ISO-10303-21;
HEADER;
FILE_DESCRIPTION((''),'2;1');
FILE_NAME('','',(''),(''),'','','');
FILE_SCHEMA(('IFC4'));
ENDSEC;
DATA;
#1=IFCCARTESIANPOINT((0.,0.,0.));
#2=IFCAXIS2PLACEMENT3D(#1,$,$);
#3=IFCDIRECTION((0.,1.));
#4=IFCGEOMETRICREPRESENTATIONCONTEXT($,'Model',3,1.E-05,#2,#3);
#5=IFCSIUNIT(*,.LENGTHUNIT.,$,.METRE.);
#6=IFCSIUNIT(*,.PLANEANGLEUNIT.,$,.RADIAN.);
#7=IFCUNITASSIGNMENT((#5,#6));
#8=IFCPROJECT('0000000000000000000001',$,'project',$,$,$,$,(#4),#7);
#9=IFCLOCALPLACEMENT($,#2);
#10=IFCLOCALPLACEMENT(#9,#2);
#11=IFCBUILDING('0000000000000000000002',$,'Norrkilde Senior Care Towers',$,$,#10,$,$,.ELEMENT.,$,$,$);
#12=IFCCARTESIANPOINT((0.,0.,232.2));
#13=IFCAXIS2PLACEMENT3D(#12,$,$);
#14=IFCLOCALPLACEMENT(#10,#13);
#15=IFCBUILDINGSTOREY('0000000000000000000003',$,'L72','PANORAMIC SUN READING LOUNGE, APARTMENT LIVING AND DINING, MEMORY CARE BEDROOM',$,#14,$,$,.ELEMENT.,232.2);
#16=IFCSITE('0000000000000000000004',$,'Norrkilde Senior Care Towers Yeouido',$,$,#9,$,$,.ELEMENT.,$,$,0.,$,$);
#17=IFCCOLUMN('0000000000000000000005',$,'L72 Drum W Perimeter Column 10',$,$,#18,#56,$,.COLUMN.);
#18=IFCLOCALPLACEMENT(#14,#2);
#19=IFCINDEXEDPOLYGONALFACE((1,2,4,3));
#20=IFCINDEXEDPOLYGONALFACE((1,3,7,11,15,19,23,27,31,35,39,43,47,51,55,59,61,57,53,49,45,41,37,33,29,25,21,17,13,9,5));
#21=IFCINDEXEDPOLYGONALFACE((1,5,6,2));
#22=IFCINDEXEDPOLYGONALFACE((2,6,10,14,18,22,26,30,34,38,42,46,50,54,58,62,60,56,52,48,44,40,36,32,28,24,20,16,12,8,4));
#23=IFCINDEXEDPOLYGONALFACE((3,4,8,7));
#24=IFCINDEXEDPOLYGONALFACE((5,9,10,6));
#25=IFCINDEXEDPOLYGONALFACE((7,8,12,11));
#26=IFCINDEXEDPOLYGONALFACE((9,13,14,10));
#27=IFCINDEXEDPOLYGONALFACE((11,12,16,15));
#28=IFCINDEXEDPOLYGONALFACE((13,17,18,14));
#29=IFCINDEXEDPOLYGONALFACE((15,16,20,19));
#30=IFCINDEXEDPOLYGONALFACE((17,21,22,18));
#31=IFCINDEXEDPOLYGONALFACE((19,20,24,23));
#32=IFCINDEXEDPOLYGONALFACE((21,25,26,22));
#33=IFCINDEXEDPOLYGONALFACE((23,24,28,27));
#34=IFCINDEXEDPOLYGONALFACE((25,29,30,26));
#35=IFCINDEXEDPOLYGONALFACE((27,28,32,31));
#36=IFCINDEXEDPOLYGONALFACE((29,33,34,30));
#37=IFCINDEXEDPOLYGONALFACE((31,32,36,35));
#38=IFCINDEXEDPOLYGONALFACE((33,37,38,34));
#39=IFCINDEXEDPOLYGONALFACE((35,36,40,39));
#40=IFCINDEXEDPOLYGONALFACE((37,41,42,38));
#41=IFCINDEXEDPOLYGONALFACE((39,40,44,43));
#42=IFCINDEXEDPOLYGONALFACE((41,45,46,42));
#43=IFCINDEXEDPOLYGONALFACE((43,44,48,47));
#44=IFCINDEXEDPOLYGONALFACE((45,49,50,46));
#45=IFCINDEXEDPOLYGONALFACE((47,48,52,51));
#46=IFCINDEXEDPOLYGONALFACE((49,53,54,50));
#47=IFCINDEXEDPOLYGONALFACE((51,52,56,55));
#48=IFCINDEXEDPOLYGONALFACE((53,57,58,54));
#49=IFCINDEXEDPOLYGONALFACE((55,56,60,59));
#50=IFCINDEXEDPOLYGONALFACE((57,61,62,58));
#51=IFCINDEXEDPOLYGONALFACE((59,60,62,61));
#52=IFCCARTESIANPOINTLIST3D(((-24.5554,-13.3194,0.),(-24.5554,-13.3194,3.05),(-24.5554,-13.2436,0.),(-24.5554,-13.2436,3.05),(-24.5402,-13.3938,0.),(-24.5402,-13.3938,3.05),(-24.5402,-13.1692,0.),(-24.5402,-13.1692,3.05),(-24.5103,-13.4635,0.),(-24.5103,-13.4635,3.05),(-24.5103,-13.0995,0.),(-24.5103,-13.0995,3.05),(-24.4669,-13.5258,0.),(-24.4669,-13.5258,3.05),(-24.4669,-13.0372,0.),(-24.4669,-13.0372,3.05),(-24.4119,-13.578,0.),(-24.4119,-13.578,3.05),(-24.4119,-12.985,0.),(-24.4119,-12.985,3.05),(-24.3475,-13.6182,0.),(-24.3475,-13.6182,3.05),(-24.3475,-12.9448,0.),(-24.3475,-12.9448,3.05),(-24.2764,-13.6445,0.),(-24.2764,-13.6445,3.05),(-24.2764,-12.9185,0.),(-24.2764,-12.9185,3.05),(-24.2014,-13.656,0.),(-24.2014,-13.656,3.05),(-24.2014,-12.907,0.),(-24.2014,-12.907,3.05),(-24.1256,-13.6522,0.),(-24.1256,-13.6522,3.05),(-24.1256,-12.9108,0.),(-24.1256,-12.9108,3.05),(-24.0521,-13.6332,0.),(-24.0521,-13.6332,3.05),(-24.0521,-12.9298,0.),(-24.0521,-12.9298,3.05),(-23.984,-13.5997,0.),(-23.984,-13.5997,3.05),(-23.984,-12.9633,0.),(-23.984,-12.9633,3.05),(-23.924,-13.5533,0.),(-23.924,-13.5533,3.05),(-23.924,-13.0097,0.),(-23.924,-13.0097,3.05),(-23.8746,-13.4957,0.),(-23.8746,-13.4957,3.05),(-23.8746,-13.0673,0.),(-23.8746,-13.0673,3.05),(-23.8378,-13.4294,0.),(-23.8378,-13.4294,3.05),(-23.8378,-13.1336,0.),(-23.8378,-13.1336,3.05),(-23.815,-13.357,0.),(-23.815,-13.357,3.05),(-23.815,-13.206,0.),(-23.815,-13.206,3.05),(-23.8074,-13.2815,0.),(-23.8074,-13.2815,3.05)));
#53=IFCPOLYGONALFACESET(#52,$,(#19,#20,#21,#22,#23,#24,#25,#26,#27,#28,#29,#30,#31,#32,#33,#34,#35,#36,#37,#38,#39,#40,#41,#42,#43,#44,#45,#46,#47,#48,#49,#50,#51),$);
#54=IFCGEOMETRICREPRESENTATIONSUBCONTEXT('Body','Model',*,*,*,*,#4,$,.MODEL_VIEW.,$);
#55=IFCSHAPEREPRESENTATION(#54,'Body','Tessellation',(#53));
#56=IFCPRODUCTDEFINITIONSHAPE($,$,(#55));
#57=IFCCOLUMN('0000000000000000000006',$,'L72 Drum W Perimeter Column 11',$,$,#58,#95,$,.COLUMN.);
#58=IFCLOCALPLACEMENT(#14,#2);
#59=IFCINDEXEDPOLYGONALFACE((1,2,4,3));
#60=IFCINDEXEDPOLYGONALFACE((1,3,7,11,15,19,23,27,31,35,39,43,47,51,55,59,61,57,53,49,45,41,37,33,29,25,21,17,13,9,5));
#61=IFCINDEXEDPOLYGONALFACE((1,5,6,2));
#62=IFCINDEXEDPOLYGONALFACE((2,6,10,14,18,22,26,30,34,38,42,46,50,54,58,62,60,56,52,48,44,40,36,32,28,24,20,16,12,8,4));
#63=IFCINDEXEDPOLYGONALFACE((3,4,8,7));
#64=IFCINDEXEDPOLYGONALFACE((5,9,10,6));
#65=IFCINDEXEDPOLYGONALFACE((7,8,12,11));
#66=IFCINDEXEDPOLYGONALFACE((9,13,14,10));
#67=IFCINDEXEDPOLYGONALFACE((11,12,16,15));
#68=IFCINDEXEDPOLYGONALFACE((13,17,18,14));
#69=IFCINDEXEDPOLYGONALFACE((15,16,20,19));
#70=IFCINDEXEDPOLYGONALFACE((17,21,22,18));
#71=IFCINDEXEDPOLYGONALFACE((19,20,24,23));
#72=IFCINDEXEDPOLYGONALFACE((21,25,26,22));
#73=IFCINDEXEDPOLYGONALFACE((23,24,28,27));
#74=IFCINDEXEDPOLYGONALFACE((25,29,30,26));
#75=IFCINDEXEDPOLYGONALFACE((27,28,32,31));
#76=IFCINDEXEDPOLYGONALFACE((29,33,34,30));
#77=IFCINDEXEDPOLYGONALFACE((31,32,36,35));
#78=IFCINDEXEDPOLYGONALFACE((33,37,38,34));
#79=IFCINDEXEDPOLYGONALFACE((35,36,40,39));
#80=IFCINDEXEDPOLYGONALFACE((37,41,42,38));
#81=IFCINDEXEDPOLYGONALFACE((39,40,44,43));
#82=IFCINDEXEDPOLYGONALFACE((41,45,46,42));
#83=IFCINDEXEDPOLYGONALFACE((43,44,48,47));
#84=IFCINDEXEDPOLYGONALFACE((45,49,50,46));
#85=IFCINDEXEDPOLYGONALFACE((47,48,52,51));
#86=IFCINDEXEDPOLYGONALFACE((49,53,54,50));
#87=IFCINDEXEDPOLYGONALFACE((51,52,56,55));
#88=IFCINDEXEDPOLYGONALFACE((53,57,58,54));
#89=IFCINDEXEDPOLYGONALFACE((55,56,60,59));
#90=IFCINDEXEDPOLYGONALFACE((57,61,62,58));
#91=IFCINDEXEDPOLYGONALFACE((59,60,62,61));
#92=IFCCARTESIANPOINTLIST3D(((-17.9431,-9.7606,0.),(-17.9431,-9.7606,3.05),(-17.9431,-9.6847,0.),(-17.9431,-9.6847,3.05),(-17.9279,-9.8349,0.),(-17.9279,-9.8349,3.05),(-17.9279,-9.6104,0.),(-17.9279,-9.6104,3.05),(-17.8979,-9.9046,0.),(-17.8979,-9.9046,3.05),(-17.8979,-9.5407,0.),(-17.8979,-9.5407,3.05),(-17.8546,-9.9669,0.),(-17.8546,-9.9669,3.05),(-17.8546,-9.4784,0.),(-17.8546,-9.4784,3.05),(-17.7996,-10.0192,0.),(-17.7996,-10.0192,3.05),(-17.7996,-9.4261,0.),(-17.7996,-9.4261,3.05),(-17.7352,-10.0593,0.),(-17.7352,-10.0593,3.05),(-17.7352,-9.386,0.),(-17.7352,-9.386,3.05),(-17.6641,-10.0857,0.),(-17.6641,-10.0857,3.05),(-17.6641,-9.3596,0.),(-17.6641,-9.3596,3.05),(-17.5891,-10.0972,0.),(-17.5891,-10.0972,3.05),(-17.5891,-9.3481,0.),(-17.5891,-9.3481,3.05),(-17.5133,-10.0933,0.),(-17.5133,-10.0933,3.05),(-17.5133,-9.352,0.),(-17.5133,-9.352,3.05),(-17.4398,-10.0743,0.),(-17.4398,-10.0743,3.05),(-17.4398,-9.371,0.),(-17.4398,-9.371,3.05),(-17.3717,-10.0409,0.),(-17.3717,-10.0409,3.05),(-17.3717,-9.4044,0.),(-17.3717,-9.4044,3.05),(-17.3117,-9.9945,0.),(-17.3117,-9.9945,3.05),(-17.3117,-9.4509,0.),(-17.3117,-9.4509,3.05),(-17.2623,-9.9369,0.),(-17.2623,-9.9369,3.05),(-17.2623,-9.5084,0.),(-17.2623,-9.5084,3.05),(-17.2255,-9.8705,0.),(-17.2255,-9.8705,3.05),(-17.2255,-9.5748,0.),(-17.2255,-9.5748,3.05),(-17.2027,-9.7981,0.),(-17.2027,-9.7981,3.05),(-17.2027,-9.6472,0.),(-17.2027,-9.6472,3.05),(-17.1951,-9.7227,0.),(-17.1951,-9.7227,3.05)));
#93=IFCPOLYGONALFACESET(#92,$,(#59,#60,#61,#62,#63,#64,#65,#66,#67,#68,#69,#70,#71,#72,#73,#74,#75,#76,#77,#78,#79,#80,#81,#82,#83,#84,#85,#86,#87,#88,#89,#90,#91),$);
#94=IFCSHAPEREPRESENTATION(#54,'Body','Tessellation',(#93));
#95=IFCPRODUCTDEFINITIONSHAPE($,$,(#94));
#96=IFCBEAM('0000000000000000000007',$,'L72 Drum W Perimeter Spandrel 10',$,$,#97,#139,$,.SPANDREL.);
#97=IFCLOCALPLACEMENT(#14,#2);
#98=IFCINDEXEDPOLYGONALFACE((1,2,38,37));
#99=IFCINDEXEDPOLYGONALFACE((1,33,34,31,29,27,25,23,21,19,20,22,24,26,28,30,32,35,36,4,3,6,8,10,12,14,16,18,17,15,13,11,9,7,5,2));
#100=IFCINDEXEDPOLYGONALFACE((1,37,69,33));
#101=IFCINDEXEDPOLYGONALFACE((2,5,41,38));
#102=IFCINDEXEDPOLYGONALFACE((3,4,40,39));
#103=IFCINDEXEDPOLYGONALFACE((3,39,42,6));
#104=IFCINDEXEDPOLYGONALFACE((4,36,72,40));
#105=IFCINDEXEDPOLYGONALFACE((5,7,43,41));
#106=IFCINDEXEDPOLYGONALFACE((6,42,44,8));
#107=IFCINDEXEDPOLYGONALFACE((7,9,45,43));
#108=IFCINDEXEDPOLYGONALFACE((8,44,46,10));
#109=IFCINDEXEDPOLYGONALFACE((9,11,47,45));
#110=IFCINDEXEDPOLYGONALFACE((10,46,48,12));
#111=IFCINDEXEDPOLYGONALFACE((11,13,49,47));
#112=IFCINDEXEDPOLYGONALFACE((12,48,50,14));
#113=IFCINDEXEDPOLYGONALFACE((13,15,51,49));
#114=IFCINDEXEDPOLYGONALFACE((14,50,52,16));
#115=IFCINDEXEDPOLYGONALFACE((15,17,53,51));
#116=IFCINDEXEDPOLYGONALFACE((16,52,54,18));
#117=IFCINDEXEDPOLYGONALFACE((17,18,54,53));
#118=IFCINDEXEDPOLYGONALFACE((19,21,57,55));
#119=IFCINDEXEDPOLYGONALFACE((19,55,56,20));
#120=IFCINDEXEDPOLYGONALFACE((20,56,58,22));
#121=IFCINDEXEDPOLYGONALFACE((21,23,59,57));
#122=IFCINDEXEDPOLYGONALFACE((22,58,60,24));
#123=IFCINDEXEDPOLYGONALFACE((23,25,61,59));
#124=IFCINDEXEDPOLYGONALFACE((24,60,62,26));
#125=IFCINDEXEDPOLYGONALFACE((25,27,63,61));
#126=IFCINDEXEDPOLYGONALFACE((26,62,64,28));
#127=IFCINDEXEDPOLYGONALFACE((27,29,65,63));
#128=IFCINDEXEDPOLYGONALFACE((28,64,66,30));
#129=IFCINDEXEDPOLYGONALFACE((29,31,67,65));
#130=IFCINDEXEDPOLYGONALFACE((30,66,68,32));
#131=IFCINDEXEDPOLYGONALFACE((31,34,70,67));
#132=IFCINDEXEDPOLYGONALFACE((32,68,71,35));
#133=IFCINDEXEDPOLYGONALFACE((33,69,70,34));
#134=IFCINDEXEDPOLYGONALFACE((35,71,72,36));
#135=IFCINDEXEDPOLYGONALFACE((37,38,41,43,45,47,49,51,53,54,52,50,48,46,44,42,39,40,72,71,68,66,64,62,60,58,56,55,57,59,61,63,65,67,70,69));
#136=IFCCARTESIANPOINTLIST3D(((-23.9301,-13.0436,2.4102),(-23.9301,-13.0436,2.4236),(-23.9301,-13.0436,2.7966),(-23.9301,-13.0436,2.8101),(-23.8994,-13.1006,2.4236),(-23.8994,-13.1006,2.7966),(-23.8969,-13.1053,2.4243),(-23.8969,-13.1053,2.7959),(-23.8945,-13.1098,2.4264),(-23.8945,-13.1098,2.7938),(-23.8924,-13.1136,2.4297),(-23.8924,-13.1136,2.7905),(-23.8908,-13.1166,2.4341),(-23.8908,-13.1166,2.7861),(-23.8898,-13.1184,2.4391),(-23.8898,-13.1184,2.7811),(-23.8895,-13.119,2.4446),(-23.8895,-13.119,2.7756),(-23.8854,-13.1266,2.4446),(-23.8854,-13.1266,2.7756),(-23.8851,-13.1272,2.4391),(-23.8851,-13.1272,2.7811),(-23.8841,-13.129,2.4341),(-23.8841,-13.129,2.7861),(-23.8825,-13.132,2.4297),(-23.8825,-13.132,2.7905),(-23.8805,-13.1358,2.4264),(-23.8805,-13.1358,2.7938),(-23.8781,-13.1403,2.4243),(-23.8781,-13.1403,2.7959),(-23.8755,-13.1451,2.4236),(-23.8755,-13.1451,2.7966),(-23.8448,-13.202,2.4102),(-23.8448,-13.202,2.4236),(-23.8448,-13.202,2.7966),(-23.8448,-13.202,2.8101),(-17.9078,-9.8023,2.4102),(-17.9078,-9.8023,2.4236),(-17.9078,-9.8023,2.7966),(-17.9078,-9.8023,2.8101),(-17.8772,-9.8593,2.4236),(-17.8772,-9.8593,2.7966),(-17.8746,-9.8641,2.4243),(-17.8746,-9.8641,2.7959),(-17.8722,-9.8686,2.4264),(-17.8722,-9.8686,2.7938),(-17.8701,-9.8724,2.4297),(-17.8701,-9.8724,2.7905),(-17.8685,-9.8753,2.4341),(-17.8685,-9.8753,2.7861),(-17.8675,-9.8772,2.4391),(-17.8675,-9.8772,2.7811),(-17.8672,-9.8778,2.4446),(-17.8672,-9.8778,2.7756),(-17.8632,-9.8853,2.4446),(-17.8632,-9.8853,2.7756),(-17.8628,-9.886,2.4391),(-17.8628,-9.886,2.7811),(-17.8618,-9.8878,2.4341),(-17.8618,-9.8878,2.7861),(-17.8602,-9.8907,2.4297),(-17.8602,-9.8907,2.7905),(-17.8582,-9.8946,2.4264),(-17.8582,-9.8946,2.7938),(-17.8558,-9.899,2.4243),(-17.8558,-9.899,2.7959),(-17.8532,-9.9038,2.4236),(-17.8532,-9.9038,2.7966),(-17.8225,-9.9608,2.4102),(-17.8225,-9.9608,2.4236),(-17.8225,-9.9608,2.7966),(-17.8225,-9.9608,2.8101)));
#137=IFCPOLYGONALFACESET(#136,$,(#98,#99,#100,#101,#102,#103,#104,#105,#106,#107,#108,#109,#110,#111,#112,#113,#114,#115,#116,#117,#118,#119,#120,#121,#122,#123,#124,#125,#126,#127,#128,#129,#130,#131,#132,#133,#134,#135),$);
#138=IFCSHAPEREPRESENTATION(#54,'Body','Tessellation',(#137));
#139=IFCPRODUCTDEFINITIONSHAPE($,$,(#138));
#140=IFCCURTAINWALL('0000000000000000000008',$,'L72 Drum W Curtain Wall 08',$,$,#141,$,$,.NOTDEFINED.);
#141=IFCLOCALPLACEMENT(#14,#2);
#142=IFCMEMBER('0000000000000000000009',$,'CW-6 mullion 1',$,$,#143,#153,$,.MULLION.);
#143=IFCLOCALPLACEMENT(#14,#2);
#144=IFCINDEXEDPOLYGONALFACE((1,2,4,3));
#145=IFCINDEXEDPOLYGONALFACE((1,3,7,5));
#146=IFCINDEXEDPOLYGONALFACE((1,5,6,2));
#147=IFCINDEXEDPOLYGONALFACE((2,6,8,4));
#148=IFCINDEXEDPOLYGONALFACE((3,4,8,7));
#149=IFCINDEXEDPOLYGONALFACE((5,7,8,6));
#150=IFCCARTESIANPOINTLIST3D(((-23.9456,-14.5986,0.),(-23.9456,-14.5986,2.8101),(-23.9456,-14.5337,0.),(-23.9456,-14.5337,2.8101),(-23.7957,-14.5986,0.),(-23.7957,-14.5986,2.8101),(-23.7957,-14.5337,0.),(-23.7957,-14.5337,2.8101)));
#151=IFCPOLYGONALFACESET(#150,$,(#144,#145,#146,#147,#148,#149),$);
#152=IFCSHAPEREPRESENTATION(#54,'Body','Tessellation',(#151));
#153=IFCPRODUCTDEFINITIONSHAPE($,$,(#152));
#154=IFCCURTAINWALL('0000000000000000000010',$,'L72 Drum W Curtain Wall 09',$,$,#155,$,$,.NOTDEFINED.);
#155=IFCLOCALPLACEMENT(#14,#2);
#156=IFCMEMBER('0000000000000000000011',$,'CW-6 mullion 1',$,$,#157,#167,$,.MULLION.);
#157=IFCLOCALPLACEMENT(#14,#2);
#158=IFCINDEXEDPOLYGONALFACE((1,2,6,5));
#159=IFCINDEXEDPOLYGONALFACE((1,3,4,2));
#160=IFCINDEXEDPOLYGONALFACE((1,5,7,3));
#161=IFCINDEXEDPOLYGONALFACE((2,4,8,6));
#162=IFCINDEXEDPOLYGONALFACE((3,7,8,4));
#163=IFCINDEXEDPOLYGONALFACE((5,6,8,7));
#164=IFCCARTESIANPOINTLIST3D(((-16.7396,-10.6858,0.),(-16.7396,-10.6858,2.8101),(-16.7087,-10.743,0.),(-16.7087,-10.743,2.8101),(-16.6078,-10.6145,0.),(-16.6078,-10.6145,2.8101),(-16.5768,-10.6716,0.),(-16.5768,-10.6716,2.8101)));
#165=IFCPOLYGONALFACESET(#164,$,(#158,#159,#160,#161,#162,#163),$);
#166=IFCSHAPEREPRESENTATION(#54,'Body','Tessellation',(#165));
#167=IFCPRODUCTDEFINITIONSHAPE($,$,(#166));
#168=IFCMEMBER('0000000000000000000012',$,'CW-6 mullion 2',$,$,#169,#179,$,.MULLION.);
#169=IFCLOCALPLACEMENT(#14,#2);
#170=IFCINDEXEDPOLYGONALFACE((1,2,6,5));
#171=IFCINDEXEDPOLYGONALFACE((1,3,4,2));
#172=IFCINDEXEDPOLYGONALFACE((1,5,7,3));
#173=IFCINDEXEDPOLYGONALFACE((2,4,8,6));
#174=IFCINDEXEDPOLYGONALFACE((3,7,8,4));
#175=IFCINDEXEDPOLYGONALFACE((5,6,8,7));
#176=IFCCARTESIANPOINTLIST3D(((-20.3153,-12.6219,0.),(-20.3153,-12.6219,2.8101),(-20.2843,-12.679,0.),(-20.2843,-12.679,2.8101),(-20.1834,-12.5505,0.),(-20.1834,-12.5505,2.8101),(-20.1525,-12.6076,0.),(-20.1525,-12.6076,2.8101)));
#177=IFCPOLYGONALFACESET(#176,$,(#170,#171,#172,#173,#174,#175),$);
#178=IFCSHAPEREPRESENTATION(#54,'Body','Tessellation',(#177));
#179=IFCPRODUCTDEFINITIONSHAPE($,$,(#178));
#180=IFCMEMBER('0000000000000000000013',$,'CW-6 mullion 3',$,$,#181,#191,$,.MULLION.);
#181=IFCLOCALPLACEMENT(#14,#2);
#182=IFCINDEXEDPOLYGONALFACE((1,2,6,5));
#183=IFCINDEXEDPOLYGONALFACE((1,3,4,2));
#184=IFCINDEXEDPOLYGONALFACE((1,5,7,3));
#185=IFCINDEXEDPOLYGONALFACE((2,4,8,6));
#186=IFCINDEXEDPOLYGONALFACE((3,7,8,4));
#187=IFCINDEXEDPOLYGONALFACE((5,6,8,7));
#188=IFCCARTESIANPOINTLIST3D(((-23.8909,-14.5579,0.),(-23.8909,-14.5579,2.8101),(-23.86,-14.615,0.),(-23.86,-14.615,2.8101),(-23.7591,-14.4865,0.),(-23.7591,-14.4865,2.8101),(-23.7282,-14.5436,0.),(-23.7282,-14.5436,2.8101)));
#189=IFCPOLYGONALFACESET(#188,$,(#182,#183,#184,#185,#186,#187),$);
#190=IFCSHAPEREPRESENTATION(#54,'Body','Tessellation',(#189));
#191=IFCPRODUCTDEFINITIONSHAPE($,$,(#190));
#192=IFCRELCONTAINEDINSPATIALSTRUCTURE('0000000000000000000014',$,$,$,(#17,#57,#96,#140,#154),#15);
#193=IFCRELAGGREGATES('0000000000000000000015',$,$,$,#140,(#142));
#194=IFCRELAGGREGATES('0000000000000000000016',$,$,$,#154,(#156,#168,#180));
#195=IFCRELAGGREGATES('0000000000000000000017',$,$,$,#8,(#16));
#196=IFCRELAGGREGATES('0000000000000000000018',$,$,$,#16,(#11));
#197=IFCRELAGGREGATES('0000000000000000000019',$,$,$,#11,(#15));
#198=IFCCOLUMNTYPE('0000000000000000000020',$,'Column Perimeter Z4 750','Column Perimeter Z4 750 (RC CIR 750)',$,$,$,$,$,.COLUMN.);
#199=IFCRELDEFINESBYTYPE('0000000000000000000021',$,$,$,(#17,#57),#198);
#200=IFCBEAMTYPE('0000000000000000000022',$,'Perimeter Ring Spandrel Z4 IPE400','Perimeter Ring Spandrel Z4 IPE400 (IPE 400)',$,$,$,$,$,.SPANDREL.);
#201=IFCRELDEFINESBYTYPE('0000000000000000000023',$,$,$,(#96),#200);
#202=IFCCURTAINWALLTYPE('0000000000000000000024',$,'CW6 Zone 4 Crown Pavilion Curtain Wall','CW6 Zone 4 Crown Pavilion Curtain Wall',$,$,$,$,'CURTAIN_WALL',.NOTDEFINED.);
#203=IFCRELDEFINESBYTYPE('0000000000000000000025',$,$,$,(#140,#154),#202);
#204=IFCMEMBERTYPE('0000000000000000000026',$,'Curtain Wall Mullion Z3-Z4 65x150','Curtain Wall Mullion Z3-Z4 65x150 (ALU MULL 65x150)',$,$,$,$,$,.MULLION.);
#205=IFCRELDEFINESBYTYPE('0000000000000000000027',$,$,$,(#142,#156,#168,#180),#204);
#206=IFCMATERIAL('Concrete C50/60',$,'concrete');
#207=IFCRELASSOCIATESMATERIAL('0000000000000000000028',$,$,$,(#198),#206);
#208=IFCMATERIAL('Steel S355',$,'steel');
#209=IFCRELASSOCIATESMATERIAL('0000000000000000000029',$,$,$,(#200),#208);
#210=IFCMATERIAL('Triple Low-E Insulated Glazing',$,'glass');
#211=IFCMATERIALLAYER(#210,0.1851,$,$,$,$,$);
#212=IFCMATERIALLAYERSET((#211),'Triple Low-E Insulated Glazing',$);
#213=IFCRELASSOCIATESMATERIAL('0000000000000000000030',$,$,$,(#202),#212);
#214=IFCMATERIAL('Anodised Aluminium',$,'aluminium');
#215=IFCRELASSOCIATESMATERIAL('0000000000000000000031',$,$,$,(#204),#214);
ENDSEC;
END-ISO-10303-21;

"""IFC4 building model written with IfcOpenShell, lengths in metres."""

from ifc_helpers import new_model, si_unit, direction, frame, origin, origin_2d, place, context, subcontext, project, spatial, rectangle, circle, i_section, extrude, source, transform, mapped, material, layer, layer_set, material_profile, profile_set, type_object, type_shapes, element, aggregate, save


model = new_model("IFC4")

# Units and contexts
model_context = context("Model", 3, precision=1e-05, world=origin(), true_north=direction((0.0, 1.0)))
body_context = subcontext(model_context, "Body", "Model", "MODEL_VIEW")
ifc_project = project(units=[si_unit("LENGTHUNIT", "METRE"), si_unit("PLANEANGLEUNIT", "RADIAN")], contexts=[model_context])

# Site, building, storey
site_placement = place(None, origin())
site = spatial("IfcSite", under=ifc_project, at=site_placement, Name="Norrkilde Senior Care Towers Yeouido", CompositionType="ELEMENT", RefElevation=0.0)
building_placement = place(site_placement, origin())
building = spatial("IfcBuilding", under=site, at=building_placement, Name="Norrkilde Senior Care Towers", CompositionType="ELEMENT")
storey_placement = place(building_placement, frame((0.0, 0.0, 232.2)))
storey = spatial("IfcBuildingStorey", under=building, at=storey_placement, Name="L72", Description="PANORAMIC SUN READING LOUNGE, APARTMENT LIVING AND DINING, MEMORY CARE BEDROOM", CompositionType="ELEMENT", Elevation=232.2)

# Columns
ifc_material_1 = material(Name="Concrete C50/60", Category="concrete")
ifc_material_profile_1 = material_profile(ifc_material_1, circle(Radius=0.375, at=origin_2d()), Name="RC CIR 750")
ifc_profile_set_1 = profile_set([ifc_material_profile_1], Name="Concrete C50/60")
column_type = type_object("IfcColumnType", Name="Column Perimeter Z4 750", Description="Column Perimeter Z4 750 (RC CIR 750)", PredefinedType="COLUMN", material=ifc_profile_set_1)
shared_shape_1 = source(origin(), body_context, "Body", "SweptSolid", [
    extrude(circle(Radius=0.375, at=origin_2d()), origin(), (0.0, 0.0, 1.0), 3.05),
])
type_shapes(column_type, [shared_shape_1])
for number, where, z_axis, x_axis, name in (
    (1, (-24.1824, -13.2815, 0.0), (0.0, 0.0, 1.0), (1.0, 0.0, 0.0), "L72 Drum W Perimeter Column 10"),
    (2, (-17.5701, -9.7227, 0.0), (0.0, 0.0, 1.0), (1.0, 0.0, 0.0), "L72 Drum W Perimeter Column 11"),
):
    element("IfcColumn", number, at=place(storey_placement, frame(where, z_axis=z_axis, x_axis=x_axis)), inside=storey, type_object=column_type, Name=name, PredefinedType="COLUMN", context=body_context, shape_type="MappedRepresentation", body=[
        mapped(shared_shape_1, transform((0.0, 0.0, 0.0), x_axis=(1.0, 0.0, 0.0), y_axis=(0.0, 1.0, 0.0), z_axis=(0.0, 0.0, 1.0), scale=1.0)),
    ])

# Beam
ifc_material_2 = material(Name="Steel S355", Category="steel")
ifc_material_profile_2 = material_profile(ifc_material_2, i_section(OverallWidth=0.1799, OverallDepth=0.3999, WebThickness=0.0085, FlangeThickness=0.0134, FilletRadius=0.021, at=origin_2d()), Name="IPE 400")
ifc_profile_set_2 = profile_set([ifc_material_profile_2], Name="Steel S355")
beam_type = type_object("IfcBeamType", Name="Perimeter Ring Spandrel Z4 IPE400", Description="Perimeter Ring Spandrel Z4 IPE400 (IPE 400)", PredefinedType="SPANDREL", material=ifc_profile_set_2)
shared_shape_2 = source(origin(), body_context, "Body", "SweptSolid", [
    extrude(i_section(OverallWidth=0.1799, OverallDepth=0.3999, WebThickness=0.0085, FlangeThickness=0.0134, FilletRadius=0.021, at=origin_2d()), origin(), (0.0, 0.0, 1.0), 6.8391),
])
type_shapes(beam_type, [shared_shape_2])
beam_placement = place(storey_placement, frame((-23.8875, -13.1228, 2.6101), z_axis=(0.880564, 0.473927, 0.0), x_axis=(-0.473927, 0.880564, 0.0)))
element("IfcBeam", 3, at=beam_placement, inside=storey, type_object=beam_type, Name="L72 Drum W Perimeter Spandrel 10", PredefinedType="SPANDREL", context=body_context, shape_type="MappedRepresentation", body=[
    mapped(shared_shape_2, transform((0.0, 0.0, 0.0), x_axis=(1.0, 0.0, 0.0), y_axis=(0.0, 1.0, 0.0), z_axis=(0.0, 0.0, 1.0), scale=1.0)),
])

# Curtain wall, member
ifc_material_3 = material(Name="Triple Low-E Insulated Glazing", Category="glass")
ifc_layer_1 = layer(ifc_material_3, 0.1851)
ifc_layer_set_1 = layer_set([ifc_layer_1], Name="Triple Low-E Insulated Glazing")
curtain_wall_type = type_object("IfcCurtainWallType", Name="CW6 Zone 4 Crown Pavilion Curtain Wall", Description="CW6 Zone 4 Crown Pavilion Curtain Wall", ElementType="CURTAIN_WALL", PredefinedType="NOTDEFINED", material=ifc_layer_set_1)
curtain_wall_1_placement = place(storey_placement, origin())
curtain_wall_1 = element("IfcCurtainWall", 4, at=curtain_wall_1_placement, inside=storey, type_object=curtain_wall_type, Name="L72 Drum W Curtain Wall 08", PredefinedType="NOTDEFINED")
ifc_material_4 = material(Name="Anodised Aluminium", Category="aluminium")
ifc_material_profile_3 = material_profile(ifc_material_4, rectangle(XDim=0.0649, YDim=0.1499, at=origin_2d()), Name="ALU MULL 65x150")
ifc_profile_set_3 = profile_set([ifc_material_profile_3], Name="Anodised Aluminium")
member_type_1 = type_object("IfcMemberType", Name="Curtain Wall Mullion Z3-Z4 65x150", Description="Curtain Wall Mullion Z3-Z4 65x150 (ALU MULL 65x150)", PredefinedType="MULLION", material=ifc_profile_set_3)
shared_shape_3 = source(origin(), body_context, "Body", "SweptSolid", [
    extrude(rectangle(XDim=0.0649, YDim=0.1499, at=origin_2d()), origin(), (0.0, 0.0, 1.0), 2.8101),
])
type_shapes(member_type_1, [shared_shape_3])
member_1_placement = place(storey_placement, frame((-23.8706, -14.5662, 0.0), z_axis=(0.0, 0.0, 1.0), x_axis=(0.0, -1.0, 0.0)))
member_1 = element("IfcMember", 5, at=member_1_placement, type_object=member_type_1, Name="CW-6 mullion 1", PredefinedType="MULLION", context=body_context, shape_type="MappedRepresentation", body=[
    mapped(shared_shape_3, transform((0.0, 0.0, 0.0), x_axis=(1.0, 0.0, 0.0), y_axis=(0.0, 1.0, 0.0), z_axis=(0.0, 0.0, 1.0), scale=1.0)),
])

# Curtain wall, members
curtain_wall_2_placement = place(storey_placement, origin())
curtain_wall_2 = element("IfcCurtainWall", 6, at=curtain_wall_2_placement, inside=storey, type_object=curtain_wall_type, Name="L72 Drum W Curtain Wall 09", PredefinedType="NOTDEFINED")
member_2_placement = place(storey_placement, frame((-16.6582, -10.6787, 0.0), z_axis=(0.0, 0.0, 1.0), x_axis=(0.476133, -0.879373, 0.0)))
member_2 = element("IfcMember", 7, at=member_2_placement, type_object=member_type_1, Name="CW-6 mullion 1", PredefinedType="MULLION", context=body_context, shape_type="MappedRepresentation", body=[
    mapped(shared_shape_3, transform((0.0, 0.0, 0.0), x_axis=(1.0, 0.0, 0.0), y_axis=(0.0, 1.0, 0.0), z_axis=(0.0, 0.0, 1.0), scale=1.0)),
])
member_3_placement = place(storey_placement, frame((-20.2339, -12.6147, 0.0), z_axis=(0.0, 0.0, 1.0), x_axis=(0.476133, -0.879373, 0.0)))
member_3 = element("IfcMember", 8, at=member_3_placement, type_object=member_type_1, Name="CW-6 mullion 2", PredefinedType="MULLION", context=body_context, shape_type="MappedRepresentation", body=[
    mapped(shared_shape_3, transform((0.0, 0.0, 0.0), x_axis=(1.0, 0.0, 0.0), y_axis=(0.0, 1.0, 0.0), z_axis=(0.0, 0.0, 1.0), scale=1.0)),
])
member_4_placement = place(storey_placement, frame((-23.8096, -14.5508, 0.0), z_axis=(0.0, 0.0, 1.0), x_axis=(0.476133, -0.879373, 0.0)))
member_4 = element("IfcMember", 9, at=member_4_placement, type_object=member_type_1, Name="CW-6 mullion 3", PredefinedType="MULLION", context=body_context, shape_type="MappedRepresentation", body=[
    mapped(shared_shape_3, transform((0.0, 0.0, 0.0), x_axis=(1.0, 0.0, 0.0), y_axis=(0.0, 1.0, 0.0), z_axis=(0.0, 0.0, 1.0), scale=1.0)),
])

aggregate(curtain_wall_1, [member_1])

aggregate(curtain_wall_2, [member_2, member_3, member_4])

save(model, "model.ifc")
